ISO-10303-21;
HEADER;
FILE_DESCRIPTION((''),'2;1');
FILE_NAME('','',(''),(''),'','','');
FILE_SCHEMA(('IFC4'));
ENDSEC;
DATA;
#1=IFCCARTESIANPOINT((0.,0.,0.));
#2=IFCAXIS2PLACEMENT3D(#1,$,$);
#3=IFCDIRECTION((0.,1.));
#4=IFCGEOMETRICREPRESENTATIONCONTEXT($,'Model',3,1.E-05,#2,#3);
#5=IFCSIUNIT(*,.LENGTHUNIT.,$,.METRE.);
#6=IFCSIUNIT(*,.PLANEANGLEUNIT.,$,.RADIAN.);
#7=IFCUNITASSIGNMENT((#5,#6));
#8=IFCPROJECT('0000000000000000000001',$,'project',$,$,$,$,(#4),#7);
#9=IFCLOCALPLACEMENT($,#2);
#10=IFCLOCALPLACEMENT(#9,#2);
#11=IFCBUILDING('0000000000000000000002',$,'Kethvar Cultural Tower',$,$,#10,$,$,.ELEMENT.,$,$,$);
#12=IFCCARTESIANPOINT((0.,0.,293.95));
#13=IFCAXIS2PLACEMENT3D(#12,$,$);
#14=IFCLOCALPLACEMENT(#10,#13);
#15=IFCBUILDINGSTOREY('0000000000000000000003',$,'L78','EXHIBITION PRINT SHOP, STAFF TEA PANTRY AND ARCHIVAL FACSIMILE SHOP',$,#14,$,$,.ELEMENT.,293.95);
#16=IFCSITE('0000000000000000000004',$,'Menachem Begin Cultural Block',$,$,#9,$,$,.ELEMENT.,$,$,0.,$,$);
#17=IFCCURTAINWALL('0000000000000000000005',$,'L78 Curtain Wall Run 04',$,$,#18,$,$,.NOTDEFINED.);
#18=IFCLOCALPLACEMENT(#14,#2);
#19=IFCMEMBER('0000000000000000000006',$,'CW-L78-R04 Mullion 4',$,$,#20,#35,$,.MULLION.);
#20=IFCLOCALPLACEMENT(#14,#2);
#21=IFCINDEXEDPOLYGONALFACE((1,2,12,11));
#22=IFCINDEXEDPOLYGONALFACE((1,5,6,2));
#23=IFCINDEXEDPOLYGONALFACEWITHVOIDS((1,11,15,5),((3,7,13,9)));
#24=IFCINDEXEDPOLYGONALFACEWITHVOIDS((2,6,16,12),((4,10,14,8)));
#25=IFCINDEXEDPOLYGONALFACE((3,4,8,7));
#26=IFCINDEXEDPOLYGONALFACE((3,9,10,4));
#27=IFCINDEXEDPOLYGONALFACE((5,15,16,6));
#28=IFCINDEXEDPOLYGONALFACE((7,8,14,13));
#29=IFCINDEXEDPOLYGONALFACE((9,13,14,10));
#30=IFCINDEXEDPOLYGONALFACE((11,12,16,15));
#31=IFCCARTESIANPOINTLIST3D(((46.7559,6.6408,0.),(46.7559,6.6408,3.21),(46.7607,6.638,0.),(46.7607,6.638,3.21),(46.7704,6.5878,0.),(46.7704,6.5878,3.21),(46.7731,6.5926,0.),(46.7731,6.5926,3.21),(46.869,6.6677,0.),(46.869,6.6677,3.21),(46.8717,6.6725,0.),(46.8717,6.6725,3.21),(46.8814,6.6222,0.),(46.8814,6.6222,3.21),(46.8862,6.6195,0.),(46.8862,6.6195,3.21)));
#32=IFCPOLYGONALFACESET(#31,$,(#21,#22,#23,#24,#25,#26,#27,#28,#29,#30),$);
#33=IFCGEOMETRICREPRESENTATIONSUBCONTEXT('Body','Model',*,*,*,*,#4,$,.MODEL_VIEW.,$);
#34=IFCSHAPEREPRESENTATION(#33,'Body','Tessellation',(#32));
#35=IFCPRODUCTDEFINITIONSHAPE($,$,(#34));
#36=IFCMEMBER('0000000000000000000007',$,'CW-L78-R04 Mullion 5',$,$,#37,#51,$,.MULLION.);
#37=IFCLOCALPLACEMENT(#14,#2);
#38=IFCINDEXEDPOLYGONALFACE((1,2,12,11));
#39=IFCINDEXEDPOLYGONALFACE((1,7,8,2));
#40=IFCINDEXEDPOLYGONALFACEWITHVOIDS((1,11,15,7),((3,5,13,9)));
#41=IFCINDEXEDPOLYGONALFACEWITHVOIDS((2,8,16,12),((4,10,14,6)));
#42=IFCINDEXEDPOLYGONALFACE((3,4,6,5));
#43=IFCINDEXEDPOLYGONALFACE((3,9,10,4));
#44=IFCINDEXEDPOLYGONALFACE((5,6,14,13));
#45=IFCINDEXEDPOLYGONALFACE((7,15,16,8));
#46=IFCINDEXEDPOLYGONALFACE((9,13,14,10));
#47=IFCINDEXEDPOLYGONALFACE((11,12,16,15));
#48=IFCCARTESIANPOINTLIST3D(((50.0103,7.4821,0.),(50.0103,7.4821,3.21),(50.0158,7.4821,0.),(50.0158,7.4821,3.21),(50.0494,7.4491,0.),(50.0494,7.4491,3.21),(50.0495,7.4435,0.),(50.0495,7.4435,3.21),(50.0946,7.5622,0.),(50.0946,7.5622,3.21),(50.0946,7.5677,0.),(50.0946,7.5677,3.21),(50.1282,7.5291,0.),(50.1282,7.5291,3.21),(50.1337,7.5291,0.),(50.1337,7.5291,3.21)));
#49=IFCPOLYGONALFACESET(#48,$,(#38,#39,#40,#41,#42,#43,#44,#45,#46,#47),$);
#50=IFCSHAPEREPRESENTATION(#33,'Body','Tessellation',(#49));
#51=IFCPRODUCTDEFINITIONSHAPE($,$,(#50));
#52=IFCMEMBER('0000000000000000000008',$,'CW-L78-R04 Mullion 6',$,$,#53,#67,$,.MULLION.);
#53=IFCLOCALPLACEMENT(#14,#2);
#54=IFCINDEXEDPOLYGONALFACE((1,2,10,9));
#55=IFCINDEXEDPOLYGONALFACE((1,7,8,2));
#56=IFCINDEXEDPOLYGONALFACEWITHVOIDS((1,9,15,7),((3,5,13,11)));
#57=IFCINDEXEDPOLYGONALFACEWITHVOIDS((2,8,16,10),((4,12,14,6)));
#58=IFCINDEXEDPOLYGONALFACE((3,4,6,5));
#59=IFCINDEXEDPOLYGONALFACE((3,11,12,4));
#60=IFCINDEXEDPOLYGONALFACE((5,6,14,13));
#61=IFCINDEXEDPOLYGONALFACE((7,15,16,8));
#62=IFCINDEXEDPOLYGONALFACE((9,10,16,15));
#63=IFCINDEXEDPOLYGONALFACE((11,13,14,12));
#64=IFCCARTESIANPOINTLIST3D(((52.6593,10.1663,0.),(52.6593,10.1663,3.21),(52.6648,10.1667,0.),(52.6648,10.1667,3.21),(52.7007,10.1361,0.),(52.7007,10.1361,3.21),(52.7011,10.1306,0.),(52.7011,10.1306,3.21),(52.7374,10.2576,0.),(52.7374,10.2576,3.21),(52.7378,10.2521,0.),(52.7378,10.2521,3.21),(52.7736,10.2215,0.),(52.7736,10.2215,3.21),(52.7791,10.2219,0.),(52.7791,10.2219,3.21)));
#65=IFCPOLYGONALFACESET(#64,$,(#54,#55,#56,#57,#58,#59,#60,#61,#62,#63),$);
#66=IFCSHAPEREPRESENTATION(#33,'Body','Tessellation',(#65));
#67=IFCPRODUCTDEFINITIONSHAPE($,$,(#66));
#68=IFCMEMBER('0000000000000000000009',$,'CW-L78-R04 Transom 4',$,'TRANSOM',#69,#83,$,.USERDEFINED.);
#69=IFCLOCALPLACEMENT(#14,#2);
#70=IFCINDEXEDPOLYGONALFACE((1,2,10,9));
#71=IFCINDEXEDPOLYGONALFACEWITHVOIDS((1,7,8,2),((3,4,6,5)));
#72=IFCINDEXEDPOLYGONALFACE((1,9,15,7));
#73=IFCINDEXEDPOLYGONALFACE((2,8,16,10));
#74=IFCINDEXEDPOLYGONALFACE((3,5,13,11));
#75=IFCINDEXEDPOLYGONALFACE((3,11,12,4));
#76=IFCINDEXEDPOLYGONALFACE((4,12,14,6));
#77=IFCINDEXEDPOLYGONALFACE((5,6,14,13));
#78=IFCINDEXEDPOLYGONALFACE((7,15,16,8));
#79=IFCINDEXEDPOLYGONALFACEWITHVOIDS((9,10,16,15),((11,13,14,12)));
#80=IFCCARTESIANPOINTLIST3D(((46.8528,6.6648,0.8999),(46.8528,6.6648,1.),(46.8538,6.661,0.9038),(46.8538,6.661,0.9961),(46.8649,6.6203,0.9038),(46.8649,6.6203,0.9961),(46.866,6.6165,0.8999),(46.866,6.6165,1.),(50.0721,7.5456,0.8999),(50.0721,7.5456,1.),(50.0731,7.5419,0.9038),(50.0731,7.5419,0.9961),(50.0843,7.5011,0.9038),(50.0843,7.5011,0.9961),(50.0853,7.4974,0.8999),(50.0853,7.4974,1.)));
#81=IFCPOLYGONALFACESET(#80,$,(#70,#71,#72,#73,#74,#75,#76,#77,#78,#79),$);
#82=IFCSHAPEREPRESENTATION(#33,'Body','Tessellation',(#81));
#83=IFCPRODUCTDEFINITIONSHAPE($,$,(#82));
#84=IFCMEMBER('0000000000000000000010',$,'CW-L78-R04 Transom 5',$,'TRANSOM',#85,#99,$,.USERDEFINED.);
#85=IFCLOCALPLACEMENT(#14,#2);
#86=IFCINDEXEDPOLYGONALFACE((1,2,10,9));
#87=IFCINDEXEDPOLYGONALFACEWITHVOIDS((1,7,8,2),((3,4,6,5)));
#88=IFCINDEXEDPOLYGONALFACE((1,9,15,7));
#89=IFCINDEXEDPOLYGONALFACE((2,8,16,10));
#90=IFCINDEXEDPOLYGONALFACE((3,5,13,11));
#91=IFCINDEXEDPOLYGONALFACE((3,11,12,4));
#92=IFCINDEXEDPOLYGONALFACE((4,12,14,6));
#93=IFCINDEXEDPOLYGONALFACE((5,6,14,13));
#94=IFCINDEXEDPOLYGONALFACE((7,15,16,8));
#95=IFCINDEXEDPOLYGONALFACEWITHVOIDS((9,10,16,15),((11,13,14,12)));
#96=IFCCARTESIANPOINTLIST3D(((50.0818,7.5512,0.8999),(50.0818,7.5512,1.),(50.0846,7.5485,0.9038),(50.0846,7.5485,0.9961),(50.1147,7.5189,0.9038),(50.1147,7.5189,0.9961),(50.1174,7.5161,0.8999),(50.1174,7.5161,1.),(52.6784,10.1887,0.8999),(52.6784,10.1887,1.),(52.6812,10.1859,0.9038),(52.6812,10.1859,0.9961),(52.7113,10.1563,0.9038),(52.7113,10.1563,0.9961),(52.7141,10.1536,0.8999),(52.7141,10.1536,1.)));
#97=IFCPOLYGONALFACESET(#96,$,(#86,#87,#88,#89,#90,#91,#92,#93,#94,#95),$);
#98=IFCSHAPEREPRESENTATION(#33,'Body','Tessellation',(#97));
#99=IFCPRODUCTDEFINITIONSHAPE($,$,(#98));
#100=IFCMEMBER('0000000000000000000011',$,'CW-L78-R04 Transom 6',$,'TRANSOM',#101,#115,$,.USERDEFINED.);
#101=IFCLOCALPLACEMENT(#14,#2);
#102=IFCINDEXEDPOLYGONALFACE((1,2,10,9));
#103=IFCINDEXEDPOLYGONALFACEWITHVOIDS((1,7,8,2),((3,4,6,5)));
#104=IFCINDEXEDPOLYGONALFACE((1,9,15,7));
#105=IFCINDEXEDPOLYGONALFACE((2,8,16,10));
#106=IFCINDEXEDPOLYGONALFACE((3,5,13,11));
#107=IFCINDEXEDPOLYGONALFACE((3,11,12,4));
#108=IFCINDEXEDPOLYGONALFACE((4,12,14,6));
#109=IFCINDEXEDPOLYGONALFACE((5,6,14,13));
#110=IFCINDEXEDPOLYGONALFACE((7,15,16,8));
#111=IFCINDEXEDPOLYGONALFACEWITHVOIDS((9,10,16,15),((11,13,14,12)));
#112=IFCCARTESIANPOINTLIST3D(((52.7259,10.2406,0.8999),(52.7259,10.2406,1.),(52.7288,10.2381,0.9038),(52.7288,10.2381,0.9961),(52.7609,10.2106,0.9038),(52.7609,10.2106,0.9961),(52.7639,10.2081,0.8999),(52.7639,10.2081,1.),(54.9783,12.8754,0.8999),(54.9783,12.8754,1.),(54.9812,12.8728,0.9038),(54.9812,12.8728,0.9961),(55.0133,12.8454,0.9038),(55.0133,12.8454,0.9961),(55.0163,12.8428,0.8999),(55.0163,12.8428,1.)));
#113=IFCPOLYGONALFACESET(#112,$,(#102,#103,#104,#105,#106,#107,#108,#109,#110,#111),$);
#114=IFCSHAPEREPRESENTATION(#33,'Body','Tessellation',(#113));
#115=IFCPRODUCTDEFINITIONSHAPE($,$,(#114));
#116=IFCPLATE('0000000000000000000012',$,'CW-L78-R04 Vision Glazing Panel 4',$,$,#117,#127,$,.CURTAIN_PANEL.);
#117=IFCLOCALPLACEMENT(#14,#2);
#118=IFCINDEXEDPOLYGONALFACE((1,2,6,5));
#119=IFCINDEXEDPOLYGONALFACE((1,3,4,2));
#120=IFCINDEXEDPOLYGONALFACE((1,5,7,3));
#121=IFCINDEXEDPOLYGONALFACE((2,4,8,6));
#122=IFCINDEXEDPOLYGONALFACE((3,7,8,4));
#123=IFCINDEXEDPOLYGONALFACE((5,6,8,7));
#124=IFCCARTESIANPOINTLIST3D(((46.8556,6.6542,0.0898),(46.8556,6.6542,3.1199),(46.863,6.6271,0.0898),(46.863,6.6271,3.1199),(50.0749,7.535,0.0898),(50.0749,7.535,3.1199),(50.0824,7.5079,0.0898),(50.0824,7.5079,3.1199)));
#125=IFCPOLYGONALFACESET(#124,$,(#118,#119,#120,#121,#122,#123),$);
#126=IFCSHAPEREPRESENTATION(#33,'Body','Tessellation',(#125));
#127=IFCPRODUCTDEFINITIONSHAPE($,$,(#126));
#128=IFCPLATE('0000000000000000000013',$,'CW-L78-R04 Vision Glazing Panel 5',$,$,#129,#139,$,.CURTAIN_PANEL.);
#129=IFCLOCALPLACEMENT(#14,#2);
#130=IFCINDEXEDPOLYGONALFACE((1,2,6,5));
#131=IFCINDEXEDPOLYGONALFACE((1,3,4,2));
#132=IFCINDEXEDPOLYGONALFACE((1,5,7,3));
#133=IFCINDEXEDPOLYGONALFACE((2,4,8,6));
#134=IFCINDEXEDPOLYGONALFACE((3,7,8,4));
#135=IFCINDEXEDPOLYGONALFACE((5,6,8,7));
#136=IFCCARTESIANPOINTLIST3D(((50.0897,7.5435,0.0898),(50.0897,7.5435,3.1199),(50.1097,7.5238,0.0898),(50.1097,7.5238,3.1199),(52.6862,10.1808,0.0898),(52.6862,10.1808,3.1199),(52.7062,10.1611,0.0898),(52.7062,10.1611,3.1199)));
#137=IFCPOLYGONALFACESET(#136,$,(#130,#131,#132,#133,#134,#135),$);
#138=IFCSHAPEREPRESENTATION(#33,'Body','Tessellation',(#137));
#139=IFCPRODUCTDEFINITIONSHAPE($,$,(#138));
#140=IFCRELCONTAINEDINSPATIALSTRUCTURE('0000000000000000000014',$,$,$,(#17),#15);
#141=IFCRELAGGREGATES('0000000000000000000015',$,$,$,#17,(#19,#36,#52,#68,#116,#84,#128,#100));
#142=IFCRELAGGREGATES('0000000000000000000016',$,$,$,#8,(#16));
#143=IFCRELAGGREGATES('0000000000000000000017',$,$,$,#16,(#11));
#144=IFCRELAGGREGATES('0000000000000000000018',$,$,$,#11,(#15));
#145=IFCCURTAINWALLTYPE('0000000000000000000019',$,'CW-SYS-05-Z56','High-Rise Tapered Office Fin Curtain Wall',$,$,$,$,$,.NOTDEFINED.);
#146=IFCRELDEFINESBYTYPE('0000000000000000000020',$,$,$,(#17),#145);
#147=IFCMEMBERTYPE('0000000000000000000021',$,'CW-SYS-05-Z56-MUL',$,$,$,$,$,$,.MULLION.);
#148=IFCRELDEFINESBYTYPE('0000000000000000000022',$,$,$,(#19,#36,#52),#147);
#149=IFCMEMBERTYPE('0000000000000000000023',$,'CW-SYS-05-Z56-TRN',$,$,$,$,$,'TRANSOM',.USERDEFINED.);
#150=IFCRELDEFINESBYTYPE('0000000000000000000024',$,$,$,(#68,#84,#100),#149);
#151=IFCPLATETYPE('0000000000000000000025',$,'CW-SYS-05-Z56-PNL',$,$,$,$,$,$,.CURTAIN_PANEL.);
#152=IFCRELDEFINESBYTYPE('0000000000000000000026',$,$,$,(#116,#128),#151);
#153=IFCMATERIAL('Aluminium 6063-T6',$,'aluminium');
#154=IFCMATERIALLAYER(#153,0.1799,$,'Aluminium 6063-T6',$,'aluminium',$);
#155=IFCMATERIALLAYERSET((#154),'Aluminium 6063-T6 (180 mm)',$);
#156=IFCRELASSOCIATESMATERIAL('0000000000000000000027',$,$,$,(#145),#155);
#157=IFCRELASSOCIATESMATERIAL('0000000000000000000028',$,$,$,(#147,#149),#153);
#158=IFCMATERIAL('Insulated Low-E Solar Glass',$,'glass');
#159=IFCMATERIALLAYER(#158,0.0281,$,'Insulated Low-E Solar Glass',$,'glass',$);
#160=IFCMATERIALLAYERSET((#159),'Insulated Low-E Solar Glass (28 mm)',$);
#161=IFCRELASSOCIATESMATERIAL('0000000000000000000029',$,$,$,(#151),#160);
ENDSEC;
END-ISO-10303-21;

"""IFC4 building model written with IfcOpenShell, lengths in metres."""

from ifc_helpers import new_model, si_unit, direction, frame, origin, origin_2d, place, context, subcontext, project, spatial, rectangle, hollow_rectangle, extrude, source, transform, mapped, material, layer, layer_set, material_profile, profile_set, type_object, element, aggregate, save


model = new_model("IFC4")

# Units and contexts
model_context = context("Model", 3, precision=1e-05, world=origin(), true_north=direction((0.0, 1.0)))
body_context = subcontext(model_context, "Body", "Model", "MODEL_VIEW")
ifc_project = project(units=[si_unit("LENGTHUNIT", "METRE"), si_unit("PLANEANGLEUNIT", "RADIAN")], contexts=[model_context])

# Site, building, storey
site_placement = place(None, origin())
site = spatial("IfcSite", under=ifc_project, at=site_placement, Name="Menachem Begin Cultural Block", CompositionType="ELEMENT", RefElevation=0.0)
building_placement = place(site_placement, origin())
building = spatial("IfcBuilding", under=site, at=building_placement, Name="Kethvar Cultural Tower", CompositionType="ELEMENT")
storey_placement = place(building_placement, frame((0.0, 0.0, 293.95)))
storey = spatial("IfcBuildingStorey", under=building, at=storey_placement, Name="L78", Description="EXHIBITION PRINT SHOP, STAFF TEA PANTRY AND ARCHIVAL FACSIMILE SHOP", CompositionType="ELEMENT", Elevation=293.95)

# Curtain wall, members, plates
ifc_material_1 = material(Name="Aluminium 6063-T6", Category="aluminium")
ifc_layer_1 = layer(ifc_material_1, 0.1799, Name="Aluminium 6063-T6", Category="aluminium")
ifc_layer_set_1 = layer_set([ifc_layer_1], Name="Aluminium 6063-T6 (180 mm)")
curtain_wall_type = type_object("IfcCurtainWallType", Name="CW-SYS-05-Z56", Description="High-Rise Tapered Office Fin Curtain Wall", PredefinedType="NOTDEFINED", material=ifc_layer_set_1)
curtain_wall_placement = place(storey_placement, origin())
curtain_wall = element("IfcCurtainWall", 1, at=curtain_wall_placement, inside=storey, type_object=curtain_wall_type, Name="L78 Curtain Wall Run 04", PredefinedType="NOTDEFINED")
ifc_material_profile_1 = material_profile(ifc_material_1, hollow_rectangle(XDim=0.0549, YDim=0.1201, WallThickness=0.0039, at=origin_2d()), Name="Aluminium 6063-T6 — RHS120x55x4")
ifc_profile_set_1 = profile_set([ifc_material_profile_1], Name="Aluminium 6063-T6 — RHS120x55x4")
member_type_1 = type_object("IfcMemberType", Name="CW-SYS-05-Z56-MUL", PredefinedType="MULLION", material=ifc_profile_set_1)
shared_shape_1 = source(origin(), body_context, "Body", "SweptSolid", [
    extrude(hollow_rectangle(XDim=0.0549, YDim=0.1201, WallThickness=0.0039, at=origin_2d()), origin(), (0.0, 0.0, 1.0), 3.21),
])
member_1_placement = place(storey_placement, frame((46.821, 6.6301, 0.0), z_axis=(0.0, 0.0, 1.0), x_axis=(-0.263907, 0.964548, 0.0)))
member_1 = element("IfcMember", 2, at=member_1_placement, type_object=member_type_1, Name="CW-L78-R04 Mullion 4", PredefinedType="MULLION", context=body_context, shape_type="MappedRepresentation", body=[
    mapped(shared_shape_1, transform((0.0, 0.0, 0.0), scale=1.0)),
])
member_2_placement = place(storey_placement, frame((50.072, 7.5056, 0.0), z_axis=(0.0, 0.0, 1.0), x_axis=(-0.712614, 0.701556, 0.0)))
member_2 = element("IfcMember", 3, at=member_2_placement, type_object=member_type_1, Name="CW-L78-R04 Mullion 5", PredefinedType="MULLION", context=body_context, shape_type="MappedRepresentation", body=[
    mapped(shared_shape_1, transform((0.0, 0.0, 0.0), scale=1.0)),
])
member_3_placement = place(storey_placement, frame((52.7192, 10.1941, 0.0), z_axis=(0.0, 0.0, 1.0), x_axis=(-0.760145, 0.649753, 0.0)))
member_3 = element("IfcMember", 4, at=member_3_placement, type_object=member_type_1, Name="CW-L78-R04 Mullion 6", PredefinedType="MULLION", context=body_context, shape_type="MappedRepresentation", body=[
    mapped(shared_shape_1, transform((0.0, 0.0, 0.0), scale=1.0)),
])
ifc_material_profile_2 = material_profile(ifc_material_1, hollow_rectangle(XDim=0.05, YDim=0.1001, WallThickness=0.0039, at=origin_2d()), Name="Aluminium 6063-T6 — RHS100x50x4")
ifc_profile_set_2 = profile_set([ifc_material_profile_2], Name="Aluminium 6063-T6 — RHS100x50x4")
member_type_2 = type_object("IfcMemberType", Name="CW-SYS-05-Z56-TRN", ElementType="TRANSOM", PredefinedType="USERDEFINED", material=ifc_profile_set_2)
shared_shape_2 = source(origin(), body_context, "Body", "SweptSolid", [
    extrude(hollow_rectangle(XDim=0.05, YDim=0.1001, WallThickness=0.0039, at=origin_2d()), origin(), (0.0, 0.0, 1.0), 3.3376),
])
member_4_placement = place(storey_placement, frame((46.8594, 6.6406, 0.95), z_axis=(0.964544, 0.263922, 0.0), x_axis=(-0.263922, 0.964544, 0.0)))
member_4 = element("IfcMember", 5, at=member_4_placement, type_object=member_type_2, Name="CW-L78-R04 Transom 4", ObjectType="TRANSOM", PredefinedType="USERDEFINED", context=body_context, shape_type="MappedRepresentation", body=[
    mapped(shared_shape_2, transform((0.0, 0.0, 0.0), scale=1.0)),
])
shared_shape_3 = source(origin(), body_context, "Body", "SweptSolid", [
    extrude(hollow_rectangle(XDim=0.05, YDim=0.1001, WallThickness=0.0039, at=origin_2d()), origin(), (0.0, 0.0, 1.0), 3.7012),
])
member_5_placement = place(storey_placement, frame((50.0996, 7.5337, 0.95), z_axis=(0.701577, 0.712593, 0.0), x_axis=(-0.712593, 0.701577, 0.0)))
member_5 = element("IfcMember", 6, at=member_5_placement, type_object=member_type_2, Name="CW-L78-R04 Transom 5", ObjectType="TRANSOM", PredefinedType="USERDEFINED", context=body_context, shape_type="MappedRepresentation", body=[
    mapped(shared_shape_3, transform((0.0, 0.0, 0.0), scale=1.0)),
])
shared_shape_4 = source(origin(), body_context, "Body", "SweptSolid", [
    extrude(hollow_rectangle(XDim=0.05, YDim=0.1001, WallThickness=0.0039, at=origin_2d()), origin(), (0.0, 0.0, 1.0), 3.4663),
])
member_6_placement = place(storey_placement, frame((52.7449, 10.2244, 0.95), z_axis=(0.649805, 0.760101, 0.0), x_axis=(-0.760101, 0.649805, 0.0)))
member_6 = element("IfcMember", 7, at=member_6_placement, type_object=member_type_2, Name="CW-L78-R04 Transom 6", ObjectType="TRANSOM", PredefinedType="USERDEFINED", context=body_context, shape_type="MappedRepresentation", body=[
    mapped(shared_shape_4, transform((0.0, 0.0, 0.0), scale=1.0)),
])
ifc_material_2 = material(Name="Insulated Low-E Solar Glass", Category="glass")
ifc_layer_2 = layer(ifc_material_2, 0.0281, Name="Insulated Low-E Solar Glass", Category="glass")
ifc_layer_set_2 = layer_set([ifc_layer_2], Name="Insulated Low-E Solar Glass (28 mm)")
plate_type = type_object("IfcPlateType", Name="CW-SYS-05-Z56-PNL", PredefinedType="CURTAIN_PANEL", material=ifc_layer_set_2)
shared_shape_5 = source(origin(), body_context, "Body", "SweptSolid", [
    extrude(rectangle(XDim=3.3376, YDim=0.0281, at=origin_2d()), origin(), (0.0, 0.0, 1.0), 3.03),
])
plate_1_placement = place(storey_placement, frame((48.469, 7.0811, 0.0898), z_axis=(0.0, 0.0, 1.0), x_axis=(0.964548, 0.263907, 0.0)))
plate_1 = element("IfcPlate", 8, at=plate_1_placement, type_object=plate_type, Name="CW-L78-R04 Vision Glazing Panel 4", PredefinedType="CURTAIN_PANEL", context=body_context, shape_type="MappedRepresentation", body=[
    mapped(shared_shape_5, transform((0.0, 0.0, 0.0), scale=1.0)),
])
shared_shape_6 = source(origin(), body_context, "Body", "SweptSolid", [
    extrude(rectangle(XDim=3.7009, YDim=0.0281, at=origin_2d()), origin(), (0.0, 0.0, 1.0), 3.03),
])
plate_2_placement = place(storey_placement, frame((51.3979, 8.8523, 0.0898), z_axis=(0.0, 0.0, 1.0), x_axis=(0.701556, 0.712614, 0.0)))
plate_2 = element("IfcPlate", 9, at=plate_2_placement, type_object=plate_type, Name="CW-L78-R04 Vision Glazing Panel 5", PredefinedType="CURTAIN_PANEL", context=body_context, shape_type="MappedRepresentation", body=[
    mapped(shared_shape_6, transform((0.0, 0.0, 0.0), scale=1.0)),
])
aggregate(curtain_wall, [member_1, member_2, member_3, member_4, plate_1, member_5, plate_2, member_6])

save(model, "model.ifc")
